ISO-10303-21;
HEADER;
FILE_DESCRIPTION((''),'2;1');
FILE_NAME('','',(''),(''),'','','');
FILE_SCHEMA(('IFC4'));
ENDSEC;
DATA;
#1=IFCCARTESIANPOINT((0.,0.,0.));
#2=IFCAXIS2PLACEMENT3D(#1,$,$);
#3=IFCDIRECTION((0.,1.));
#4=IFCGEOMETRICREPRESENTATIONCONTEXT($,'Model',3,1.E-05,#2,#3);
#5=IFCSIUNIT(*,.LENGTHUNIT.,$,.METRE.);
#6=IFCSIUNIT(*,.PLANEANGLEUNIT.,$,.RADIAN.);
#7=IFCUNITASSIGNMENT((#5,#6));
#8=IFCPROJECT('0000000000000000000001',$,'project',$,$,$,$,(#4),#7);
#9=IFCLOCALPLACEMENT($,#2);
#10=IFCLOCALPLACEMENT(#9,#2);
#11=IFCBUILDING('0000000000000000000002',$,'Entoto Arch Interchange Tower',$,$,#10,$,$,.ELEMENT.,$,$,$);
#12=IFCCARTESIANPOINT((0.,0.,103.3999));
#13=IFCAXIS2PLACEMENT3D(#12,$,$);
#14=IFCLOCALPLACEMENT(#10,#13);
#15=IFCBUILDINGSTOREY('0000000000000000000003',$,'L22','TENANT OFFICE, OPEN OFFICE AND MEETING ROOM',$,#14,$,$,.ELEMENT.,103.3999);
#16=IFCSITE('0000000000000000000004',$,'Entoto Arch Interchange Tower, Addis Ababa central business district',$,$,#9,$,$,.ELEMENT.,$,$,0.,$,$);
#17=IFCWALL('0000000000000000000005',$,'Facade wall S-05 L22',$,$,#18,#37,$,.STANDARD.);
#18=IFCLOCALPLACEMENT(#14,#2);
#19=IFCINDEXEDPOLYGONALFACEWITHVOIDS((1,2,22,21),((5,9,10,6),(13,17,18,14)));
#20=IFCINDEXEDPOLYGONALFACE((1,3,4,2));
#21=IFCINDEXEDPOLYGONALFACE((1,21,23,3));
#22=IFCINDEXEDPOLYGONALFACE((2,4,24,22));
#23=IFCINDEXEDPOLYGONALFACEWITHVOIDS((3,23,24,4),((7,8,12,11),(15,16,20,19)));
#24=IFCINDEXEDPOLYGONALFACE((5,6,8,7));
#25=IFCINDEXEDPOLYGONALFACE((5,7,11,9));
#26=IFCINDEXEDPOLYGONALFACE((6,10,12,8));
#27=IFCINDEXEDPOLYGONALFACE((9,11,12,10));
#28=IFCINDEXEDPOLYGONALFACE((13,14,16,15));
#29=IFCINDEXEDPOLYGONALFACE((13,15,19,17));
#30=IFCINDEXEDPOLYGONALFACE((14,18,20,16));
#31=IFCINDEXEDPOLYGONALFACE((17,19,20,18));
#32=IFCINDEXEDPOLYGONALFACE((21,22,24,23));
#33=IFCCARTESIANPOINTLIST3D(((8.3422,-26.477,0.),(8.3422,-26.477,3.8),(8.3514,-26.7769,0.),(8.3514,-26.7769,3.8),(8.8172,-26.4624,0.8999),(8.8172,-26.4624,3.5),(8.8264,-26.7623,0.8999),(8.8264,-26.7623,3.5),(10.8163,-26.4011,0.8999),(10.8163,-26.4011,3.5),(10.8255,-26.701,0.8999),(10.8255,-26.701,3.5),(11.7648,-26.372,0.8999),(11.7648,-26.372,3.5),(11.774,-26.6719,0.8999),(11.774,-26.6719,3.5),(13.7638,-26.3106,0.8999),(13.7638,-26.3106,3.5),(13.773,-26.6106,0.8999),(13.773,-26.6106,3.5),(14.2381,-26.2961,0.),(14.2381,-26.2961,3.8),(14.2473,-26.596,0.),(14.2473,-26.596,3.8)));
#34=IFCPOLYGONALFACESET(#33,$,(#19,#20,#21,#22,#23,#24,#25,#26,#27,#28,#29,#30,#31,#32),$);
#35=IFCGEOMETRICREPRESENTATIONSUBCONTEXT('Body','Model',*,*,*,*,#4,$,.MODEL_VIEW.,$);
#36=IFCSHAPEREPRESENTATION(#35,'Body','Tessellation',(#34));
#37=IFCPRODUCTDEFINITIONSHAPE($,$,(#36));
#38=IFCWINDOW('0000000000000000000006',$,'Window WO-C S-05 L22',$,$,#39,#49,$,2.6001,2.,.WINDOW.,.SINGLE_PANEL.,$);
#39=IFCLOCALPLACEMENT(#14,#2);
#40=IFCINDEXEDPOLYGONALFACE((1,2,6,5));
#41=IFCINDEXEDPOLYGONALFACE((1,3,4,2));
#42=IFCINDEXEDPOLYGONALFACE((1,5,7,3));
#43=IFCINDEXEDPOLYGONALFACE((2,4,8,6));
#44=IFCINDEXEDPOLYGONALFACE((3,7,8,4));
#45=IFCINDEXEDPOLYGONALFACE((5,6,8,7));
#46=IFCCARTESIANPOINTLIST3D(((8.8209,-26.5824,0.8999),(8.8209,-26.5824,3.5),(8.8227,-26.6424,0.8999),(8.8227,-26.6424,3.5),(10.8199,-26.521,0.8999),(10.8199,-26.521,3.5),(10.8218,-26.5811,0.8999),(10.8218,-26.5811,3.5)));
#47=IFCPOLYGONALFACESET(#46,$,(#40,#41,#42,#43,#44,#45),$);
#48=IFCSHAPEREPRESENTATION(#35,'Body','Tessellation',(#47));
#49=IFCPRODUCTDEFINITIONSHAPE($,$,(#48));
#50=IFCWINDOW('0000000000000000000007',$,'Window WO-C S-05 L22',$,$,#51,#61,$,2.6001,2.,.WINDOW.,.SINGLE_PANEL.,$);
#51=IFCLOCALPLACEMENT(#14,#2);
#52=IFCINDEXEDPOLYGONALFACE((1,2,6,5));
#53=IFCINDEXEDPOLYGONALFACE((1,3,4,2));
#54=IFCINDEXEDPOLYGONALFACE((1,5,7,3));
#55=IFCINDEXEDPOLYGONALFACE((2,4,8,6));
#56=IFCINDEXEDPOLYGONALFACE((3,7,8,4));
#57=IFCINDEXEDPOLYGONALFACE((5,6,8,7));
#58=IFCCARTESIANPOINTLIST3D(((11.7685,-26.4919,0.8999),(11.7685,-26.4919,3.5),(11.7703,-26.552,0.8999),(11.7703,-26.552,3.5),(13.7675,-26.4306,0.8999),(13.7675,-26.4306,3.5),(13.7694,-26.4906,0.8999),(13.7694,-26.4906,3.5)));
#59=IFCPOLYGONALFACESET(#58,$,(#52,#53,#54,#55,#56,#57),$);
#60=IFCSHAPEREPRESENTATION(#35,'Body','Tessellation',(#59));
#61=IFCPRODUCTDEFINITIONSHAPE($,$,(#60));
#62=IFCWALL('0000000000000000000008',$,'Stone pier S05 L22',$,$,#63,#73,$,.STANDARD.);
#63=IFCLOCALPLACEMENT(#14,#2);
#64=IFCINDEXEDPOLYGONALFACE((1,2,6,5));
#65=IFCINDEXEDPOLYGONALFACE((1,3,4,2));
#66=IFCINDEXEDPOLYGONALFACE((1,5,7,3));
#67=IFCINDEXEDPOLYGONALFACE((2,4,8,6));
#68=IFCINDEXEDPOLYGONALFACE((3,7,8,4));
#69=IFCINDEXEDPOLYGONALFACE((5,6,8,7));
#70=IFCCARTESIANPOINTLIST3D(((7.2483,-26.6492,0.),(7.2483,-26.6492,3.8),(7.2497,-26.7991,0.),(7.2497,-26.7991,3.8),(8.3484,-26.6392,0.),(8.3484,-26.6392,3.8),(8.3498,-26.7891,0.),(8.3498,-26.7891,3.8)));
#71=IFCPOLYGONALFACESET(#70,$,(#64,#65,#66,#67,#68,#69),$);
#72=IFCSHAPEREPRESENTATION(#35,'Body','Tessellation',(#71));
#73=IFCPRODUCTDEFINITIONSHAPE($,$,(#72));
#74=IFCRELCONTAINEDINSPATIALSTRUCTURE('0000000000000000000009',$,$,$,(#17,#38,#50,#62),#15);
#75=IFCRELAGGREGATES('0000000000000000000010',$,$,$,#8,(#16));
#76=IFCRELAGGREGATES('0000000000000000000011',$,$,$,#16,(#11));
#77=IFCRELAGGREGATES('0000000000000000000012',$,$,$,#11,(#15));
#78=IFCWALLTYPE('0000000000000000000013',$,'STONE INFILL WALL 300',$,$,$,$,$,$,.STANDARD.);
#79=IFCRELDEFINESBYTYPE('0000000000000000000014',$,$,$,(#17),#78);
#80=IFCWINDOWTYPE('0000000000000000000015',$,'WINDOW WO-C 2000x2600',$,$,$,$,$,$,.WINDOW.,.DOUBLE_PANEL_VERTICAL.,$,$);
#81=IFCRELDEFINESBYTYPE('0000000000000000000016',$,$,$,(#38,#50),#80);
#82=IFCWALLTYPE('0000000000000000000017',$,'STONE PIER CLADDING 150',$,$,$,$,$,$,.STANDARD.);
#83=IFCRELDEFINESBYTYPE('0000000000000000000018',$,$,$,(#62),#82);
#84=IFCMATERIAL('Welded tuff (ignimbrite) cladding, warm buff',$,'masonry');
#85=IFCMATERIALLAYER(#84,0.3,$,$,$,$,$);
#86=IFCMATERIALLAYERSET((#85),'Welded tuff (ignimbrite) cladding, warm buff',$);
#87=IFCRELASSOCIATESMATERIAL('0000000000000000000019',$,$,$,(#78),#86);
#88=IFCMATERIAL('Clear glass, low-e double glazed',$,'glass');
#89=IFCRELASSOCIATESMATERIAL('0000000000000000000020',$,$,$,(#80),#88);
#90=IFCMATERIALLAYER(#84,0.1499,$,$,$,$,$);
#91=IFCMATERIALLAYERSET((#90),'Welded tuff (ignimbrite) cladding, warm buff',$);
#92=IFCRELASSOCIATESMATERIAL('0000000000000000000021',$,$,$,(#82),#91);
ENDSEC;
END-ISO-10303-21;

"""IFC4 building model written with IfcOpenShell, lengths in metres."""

from ifc_helpers import new_model, si_unit, direction, frame, frame_2d, origin, place, context, subcontext, project, spatial, rectangle, extrude, material, layer, layer_set, type_object, element, fill, save


model = new_model("IFC4")

# Units and contexts
model_context = context("Model", 3, precision=1e-05, world=origin(), true_north=direction((0.0, 1.0)))
body_context = subcontext(model_context, "Body", "Model", "MODEL_VIEW")
ifc_project = project(units=[si_unit("LENGTHUNIT", "METRE"), si_unit("PLANEANGLEUNIT", "RADIAN")], contexts=[model_context])

# Site, building, storey
site_placement = place(None, origin())
site = spatial("IfcSite", under=ifc_project, at=site_placement, Name="Entoto Arch Interchange Tower, Addis Ababa central business district", CompositionType="ELEMENT", RefElevation=0.0)
building_placement = place(site_placement, origin())
building = spatial("IfcBuilding", under=site, at=building_placement, Name="Entoto Arch Interchange Tower", CompositionType="ELEMENT")
storey_placement = place(building_placement, frame((0.0, 0.0, 103.3999)))
storey = spatial("IfcBuildingStorey", under=building, at=storey_placement, Name="L22", Description="TENANT OFFICE, OPEN OFFICE AND MEETING ROOM", CompositionType="ELEMENT", Elevation=103.3999)

# Shared definitions
ifc_material_1 = material(Name="Clear glass, low-e double glazed", Category="glass")

# Wall, openings, windows
ifc_material_2 = material(Name="Welded tuff (ignimbrite) cladding, warm buff", Category="masonry")
ifc_layer_1 = layer(ifc_material_2, 0.3)
ifc_layer_set_1 = layer_set([ifc_layer_1], Name="Welded tuff (ignimbrite) cladding, warm buff")
wall_type_1 = type_object("IfcWallType", Name="STONE INFILL WALL 300", PredefinedType="STANDARD", material=ifc_layer_set_1)
wall_1_placement = place(storey_placement, frame((8.3469, -26.627, 0.0), z_axis=(0.0, 0.0, 1.0), x_axis=(0.99953, 0.030669, 0.0)))
wall_1 = element("IfcWall", 1, at=wall_1_placement, inside=storey, type_object=wall_type_1, Name="Facade wall S-05 L22", PredefinedType="STANDARD", context=body_context, shape_type="SweptSolid", body=[
    extrude(rectangle(XDim=5.8987, YDim=0.3, at=frame_2d((2.9492, 0.0))), origin(), (0.0, 0.0, 1.0), 3.8),
])
opening_1_placement = place(wall_1_placement, frame((0.4751, 0.0, 0.8999)))
opening_1 = element("IfcOpeningElement", 2, at=opening_1_placement, cuts=wall_1, PredefinedType="OPENING", context=body_context, shape_type="SweptSolid", body=[
    extrude(rectangle(XDim=2.0, YDim=2.6001, at=frame_2d((1.0, 1.3))), frame((0.0, 0.1602, 0.0), z_axis=(0.0, -1.0, 0.0), x_axis=(1.0, 0.0, 0.0)), (0.0, 0.0, 1.0), 0.3201),
])
opening_2_placement = place(wall_1_placement, frame((3.4241, 0.0, 0.8999)))
opening_2 = element("IfcOpeningElement", 3, at=opening_2_placement, cuts=wall_1, PredefinedType="OPENING", context=body_context, shape_type="SweptSolid", body=[
    extrude(rectangle(XDim=2.0, YDim=2.6001, at=frame_2d((1.0, 1.3))), frame((0.0, 0.1602, 0.0), z_axis=(0.0, -1.0, 0.0), x_axis=(1.0, 0.0, 0.0)), (0.0, 0.0, 1.0), 0.3201),
])
window_type = type_object("IfcWindowType", Name="WINDOW WO-C 2000x2600", PartitioningType="DOUBLE_PANEL_VERTICAL", PredefinedType="WINDOW", material=ifc_material_1)
window_1_placement = place(opening_1_placement, origin())
window_1 = element("IfcWindow", 4, at=window_1_placement, inside=storey, type_object=window_type, Name="Window WO-C S-05 L22", OverallHeight=2.6001, OverallWidth=2.0, PartitioningType="SINGLE_PANEL", PredefinedType="WINDOW", context=body_context, shape_type="SweptSolid", body=[
    extrude(rectangle(XDim=2.0, YDim=2.6001, at=frame_2d((1.0, 1.3))), frame((0.0, 0.03, 0.0), z_axis=(0.0, -1.0, 0.0), x_axis=(1.0, 0.0, 0.0)), (0.0, 0.0, 1.0), 0.0601),
])
fill(opening_1, window_1)
window_2_placement = place(opening_2_placement, origin())
window_2 = element("IfcWindow", 5, at=window_2_placement, inside=storey, type_object=window_type, Name="Window WO-C S-05 L22", OverallHeight=2.6001, OverallWidth=2.0, PartitioningType="SINGLE_PANEL", PredefinedType="WINDOW", context=body_context, shape_type="SweptSolid", body=[
    extrude(rectangle(XDim=2.0, YDim=2.6001, at=frame_2d((1.0, 1.3))), frame((0.0, 0.03, 0.0), z_axis=(0.0, -1.0, 0.0), x_axis=(1.0, 0.0, 0.0)), (0.0, 0.0, 1.0), 0.0601),
])
fill(opening_2, window_2)

# Wall
ifc_layer_2 = layer(ifc_material_2, 0.1499)
ifc_layer_set_2 = layer_set([ifc_layer_2], Name="Welded tuff (ignimbrite) cladding, warm buff")
wall_type_2 = type_object("IfcWallType", Name="STONE PIER CLADDING 150", PredefinedType="STANDARD", material=ifc_layer_set_2)
wall_2_placement = place(storey_placement, frame((7.249, -26.7241, 0.0), z_axis=(0.0, 0.0, 1.0), x_axis=(0.999959, 0.009099, 0.0)))
element("IfcWall", 6, at=wall_2_placement, inside=storey, type_object=wall_type_2, Name="Stone pier S05 L22", PredefinedType="STANDARD", context=body_context, shape_type="SweptSolid", body=[
    extrude(rectangle(XDim=1.1001, YDim=0.1499, at=frame_2d((0.55, 0.0))), origin(), (0.0, 0.0, 1.0), 3.8),
])

save(model, "model.ifc")
